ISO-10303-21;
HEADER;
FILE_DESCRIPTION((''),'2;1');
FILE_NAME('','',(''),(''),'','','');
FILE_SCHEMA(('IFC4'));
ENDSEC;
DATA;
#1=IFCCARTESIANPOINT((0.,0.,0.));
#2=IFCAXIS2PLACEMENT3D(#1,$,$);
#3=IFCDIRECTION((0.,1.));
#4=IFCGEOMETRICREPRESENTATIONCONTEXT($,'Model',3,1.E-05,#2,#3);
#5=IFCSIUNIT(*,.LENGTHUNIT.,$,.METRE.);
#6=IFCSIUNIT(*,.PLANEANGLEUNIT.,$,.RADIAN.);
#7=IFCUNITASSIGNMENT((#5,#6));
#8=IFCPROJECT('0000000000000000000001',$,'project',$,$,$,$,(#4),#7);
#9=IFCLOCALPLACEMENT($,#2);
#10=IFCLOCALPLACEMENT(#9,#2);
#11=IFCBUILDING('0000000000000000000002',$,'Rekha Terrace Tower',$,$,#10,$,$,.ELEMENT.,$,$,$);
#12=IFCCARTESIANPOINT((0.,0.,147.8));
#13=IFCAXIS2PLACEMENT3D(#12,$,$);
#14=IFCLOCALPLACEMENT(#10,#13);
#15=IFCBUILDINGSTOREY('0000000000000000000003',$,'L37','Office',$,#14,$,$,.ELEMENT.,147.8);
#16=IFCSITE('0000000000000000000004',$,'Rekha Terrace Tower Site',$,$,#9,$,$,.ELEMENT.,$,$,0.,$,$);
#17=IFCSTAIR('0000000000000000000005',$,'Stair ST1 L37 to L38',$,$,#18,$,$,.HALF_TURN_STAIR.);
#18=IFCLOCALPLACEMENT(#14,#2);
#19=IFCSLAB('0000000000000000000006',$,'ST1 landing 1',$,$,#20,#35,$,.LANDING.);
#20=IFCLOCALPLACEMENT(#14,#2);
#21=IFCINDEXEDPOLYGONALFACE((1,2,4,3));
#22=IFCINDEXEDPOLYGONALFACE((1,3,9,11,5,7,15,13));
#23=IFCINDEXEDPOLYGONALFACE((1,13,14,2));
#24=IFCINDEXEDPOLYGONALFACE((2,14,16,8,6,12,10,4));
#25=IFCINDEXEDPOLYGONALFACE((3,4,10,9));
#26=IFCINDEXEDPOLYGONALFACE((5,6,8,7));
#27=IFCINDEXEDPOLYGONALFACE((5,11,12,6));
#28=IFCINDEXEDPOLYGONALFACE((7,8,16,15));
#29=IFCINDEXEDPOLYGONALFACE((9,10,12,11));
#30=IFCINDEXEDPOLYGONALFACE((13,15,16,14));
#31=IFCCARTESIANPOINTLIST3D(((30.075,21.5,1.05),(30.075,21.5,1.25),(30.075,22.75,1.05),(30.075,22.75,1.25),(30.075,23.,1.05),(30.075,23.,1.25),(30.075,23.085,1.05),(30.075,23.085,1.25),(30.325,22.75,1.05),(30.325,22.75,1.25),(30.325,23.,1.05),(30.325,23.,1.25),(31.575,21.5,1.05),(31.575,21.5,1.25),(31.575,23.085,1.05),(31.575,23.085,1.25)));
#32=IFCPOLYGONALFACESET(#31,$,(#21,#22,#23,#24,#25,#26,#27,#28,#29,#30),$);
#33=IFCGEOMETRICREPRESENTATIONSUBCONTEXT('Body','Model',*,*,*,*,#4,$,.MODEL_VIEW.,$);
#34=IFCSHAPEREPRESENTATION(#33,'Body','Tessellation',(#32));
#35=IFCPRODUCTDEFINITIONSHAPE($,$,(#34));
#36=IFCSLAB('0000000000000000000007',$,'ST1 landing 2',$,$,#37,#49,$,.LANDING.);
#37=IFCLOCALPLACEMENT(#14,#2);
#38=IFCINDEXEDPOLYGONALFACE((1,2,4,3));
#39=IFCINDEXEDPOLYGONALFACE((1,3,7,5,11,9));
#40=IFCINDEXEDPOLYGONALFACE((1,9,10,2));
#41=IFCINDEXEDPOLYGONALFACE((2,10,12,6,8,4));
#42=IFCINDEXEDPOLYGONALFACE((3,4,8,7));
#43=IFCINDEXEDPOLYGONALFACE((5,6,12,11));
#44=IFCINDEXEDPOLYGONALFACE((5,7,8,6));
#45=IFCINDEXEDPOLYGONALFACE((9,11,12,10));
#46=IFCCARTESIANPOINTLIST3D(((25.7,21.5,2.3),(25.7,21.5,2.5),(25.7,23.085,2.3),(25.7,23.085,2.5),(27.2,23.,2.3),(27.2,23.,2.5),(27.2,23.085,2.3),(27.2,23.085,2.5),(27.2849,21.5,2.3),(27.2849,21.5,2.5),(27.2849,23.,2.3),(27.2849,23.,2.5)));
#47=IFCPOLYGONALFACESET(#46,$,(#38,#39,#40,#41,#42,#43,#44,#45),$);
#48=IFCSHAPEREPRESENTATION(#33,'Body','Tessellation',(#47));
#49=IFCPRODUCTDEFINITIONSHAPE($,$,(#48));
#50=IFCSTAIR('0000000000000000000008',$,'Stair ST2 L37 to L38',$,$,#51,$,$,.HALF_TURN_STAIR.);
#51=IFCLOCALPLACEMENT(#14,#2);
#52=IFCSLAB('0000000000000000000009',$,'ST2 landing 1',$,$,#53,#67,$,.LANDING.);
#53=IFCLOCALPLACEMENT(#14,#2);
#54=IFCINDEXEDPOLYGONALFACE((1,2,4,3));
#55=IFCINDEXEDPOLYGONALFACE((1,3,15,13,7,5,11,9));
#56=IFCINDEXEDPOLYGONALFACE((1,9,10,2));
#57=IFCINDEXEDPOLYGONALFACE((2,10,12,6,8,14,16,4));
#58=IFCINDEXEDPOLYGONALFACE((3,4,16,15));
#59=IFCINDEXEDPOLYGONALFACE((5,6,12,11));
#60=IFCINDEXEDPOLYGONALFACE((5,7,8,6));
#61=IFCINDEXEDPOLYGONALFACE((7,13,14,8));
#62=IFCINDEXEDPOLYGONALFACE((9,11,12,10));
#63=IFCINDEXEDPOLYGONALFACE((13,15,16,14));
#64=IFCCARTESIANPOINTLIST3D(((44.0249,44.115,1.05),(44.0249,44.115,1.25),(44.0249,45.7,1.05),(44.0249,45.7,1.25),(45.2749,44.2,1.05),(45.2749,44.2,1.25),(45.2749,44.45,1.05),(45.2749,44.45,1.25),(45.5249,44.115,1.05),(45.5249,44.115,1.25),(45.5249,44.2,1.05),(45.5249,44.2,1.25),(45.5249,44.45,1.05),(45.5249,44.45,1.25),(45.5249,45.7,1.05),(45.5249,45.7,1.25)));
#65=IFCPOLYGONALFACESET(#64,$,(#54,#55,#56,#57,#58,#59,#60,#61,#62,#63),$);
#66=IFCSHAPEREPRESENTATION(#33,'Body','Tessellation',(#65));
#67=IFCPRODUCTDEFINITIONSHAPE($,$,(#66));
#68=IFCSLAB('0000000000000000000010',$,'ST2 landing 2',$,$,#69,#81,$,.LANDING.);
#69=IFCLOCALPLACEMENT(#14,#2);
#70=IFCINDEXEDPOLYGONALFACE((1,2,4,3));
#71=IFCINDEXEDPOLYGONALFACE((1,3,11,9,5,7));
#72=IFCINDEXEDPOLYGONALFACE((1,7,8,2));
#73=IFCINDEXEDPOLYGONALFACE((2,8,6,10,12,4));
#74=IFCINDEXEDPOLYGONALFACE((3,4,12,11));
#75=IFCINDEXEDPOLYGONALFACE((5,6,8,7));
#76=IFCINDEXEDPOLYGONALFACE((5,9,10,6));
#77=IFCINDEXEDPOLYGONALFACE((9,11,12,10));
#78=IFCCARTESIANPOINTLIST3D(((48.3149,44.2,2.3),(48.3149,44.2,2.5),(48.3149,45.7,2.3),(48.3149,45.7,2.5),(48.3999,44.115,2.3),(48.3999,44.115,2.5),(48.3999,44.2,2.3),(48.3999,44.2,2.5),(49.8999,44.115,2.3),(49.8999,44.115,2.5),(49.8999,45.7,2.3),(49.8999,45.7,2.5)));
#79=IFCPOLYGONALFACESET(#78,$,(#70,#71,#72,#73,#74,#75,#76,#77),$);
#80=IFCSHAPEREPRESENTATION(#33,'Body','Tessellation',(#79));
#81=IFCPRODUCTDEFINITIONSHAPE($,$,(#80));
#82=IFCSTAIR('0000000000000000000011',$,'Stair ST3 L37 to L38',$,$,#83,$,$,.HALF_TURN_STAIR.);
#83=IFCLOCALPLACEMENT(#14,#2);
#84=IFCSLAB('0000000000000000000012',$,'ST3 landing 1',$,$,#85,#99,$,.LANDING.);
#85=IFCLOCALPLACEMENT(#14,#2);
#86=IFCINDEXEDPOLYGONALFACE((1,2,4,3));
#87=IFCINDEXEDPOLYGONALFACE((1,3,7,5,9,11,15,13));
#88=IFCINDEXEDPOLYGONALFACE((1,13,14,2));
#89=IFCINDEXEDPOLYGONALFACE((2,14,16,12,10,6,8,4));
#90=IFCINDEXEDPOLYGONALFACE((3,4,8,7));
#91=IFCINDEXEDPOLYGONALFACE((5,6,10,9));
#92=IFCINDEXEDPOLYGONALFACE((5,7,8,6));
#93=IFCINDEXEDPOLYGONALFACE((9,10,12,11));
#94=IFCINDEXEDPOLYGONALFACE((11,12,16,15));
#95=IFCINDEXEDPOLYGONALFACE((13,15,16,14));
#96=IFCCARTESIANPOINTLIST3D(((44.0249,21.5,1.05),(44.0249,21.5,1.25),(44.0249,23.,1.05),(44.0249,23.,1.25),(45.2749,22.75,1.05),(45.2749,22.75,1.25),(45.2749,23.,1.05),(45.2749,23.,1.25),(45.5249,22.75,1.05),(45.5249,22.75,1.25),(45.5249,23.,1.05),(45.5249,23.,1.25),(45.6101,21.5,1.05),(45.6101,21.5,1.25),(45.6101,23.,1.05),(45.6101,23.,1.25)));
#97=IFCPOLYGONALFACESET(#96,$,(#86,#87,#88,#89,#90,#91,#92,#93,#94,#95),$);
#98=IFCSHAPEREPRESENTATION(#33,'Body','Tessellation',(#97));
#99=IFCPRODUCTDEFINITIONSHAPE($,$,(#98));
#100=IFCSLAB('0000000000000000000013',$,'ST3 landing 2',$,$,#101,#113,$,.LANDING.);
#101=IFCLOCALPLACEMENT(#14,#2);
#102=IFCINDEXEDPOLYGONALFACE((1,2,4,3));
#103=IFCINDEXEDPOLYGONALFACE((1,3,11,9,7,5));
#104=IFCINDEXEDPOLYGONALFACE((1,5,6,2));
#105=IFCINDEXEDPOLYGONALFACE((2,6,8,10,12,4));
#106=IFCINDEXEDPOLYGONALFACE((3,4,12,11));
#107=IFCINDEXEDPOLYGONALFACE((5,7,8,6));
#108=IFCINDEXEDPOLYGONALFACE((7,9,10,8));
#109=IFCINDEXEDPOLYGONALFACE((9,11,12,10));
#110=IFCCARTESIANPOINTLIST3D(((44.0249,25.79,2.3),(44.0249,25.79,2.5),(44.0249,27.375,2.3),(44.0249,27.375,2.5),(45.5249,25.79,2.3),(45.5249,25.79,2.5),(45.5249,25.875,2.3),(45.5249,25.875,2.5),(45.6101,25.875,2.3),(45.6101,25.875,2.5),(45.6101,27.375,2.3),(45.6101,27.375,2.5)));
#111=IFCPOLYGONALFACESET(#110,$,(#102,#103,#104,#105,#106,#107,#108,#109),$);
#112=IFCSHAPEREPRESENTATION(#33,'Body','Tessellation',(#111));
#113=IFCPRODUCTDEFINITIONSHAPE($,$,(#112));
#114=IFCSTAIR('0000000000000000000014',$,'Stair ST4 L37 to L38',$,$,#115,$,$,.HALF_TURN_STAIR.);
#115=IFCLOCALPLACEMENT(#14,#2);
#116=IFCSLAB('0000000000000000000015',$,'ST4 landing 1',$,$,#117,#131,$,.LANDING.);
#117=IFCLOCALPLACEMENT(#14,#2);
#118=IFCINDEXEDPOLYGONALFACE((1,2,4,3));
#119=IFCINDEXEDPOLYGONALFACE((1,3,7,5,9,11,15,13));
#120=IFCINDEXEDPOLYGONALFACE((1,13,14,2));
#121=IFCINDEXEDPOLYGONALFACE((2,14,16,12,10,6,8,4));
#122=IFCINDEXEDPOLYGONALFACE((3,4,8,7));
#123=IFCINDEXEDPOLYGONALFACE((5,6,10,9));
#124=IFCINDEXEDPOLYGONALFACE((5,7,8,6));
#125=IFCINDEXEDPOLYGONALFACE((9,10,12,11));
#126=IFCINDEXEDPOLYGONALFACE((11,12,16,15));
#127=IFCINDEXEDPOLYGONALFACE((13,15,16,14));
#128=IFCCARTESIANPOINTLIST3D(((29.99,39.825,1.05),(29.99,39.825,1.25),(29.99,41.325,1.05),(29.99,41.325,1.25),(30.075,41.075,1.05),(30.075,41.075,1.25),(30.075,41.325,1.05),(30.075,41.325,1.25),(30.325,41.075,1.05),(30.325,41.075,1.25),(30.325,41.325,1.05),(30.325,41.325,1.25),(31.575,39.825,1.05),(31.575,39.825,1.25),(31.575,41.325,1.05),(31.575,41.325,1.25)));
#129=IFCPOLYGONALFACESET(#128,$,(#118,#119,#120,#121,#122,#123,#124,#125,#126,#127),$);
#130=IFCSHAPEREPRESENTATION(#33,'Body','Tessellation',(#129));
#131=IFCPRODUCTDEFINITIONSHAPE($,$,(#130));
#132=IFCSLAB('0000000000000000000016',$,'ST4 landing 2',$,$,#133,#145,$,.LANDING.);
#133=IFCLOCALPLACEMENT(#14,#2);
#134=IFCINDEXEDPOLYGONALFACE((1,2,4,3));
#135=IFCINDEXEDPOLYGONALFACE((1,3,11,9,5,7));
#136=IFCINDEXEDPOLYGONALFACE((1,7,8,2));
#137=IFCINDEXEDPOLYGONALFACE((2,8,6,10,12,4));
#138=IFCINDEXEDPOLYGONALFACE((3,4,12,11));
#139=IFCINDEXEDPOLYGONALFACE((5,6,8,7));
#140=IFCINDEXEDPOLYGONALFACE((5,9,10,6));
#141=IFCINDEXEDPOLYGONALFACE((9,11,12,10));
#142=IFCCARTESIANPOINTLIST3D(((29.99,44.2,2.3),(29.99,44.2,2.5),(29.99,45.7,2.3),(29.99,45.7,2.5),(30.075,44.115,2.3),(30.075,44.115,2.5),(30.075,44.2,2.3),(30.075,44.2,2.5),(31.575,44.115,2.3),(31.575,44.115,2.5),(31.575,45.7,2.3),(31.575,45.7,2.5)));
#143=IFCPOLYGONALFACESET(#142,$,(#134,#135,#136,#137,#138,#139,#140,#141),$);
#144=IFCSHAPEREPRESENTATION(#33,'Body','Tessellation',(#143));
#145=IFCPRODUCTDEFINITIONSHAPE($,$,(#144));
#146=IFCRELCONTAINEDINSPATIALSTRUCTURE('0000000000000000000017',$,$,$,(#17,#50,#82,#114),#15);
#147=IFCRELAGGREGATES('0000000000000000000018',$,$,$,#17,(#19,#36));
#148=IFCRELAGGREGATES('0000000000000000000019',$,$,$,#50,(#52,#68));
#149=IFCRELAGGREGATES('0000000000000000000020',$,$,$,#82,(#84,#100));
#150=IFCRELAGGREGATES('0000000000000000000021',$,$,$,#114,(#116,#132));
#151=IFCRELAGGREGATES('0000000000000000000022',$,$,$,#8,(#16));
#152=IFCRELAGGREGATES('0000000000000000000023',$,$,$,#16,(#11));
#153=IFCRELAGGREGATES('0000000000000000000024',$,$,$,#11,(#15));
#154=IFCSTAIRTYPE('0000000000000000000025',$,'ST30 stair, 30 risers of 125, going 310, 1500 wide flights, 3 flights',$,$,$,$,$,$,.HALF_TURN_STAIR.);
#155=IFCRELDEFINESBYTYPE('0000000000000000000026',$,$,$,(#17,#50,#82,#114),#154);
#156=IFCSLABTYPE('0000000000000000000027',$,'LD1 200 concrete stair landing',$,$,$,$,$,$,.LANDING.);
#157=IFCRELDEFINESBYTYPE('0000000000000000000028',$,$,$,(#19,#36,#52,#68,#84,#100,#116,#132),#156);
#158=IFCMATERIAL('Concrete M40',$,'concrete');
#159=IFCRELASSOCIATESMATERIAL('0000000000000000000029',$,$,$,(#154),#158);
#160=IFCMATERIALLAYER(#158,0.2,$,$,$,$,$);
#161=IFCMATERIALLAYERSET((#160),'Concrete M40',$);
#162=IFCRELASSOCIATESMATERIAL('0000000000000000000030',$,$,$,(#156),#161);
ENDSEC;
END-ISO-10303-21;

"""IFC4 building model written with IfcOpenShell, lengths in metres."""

from ifc_helpers import new_model, si_unit, direction, frame, origin, place, context, subcontext, project, spatial, polyline, outline, extrude, material, layer, layer_set, type_object, element, aggregate, save


model = new_model("IFC4")

# Units and contexts
model_context = context("Model", 3, precision=1e-05, world=origin(), true_north=direction((0.0, 1.0)))
body_context = subcontext(model_context, "Body", "Model", "MODEL_VIEW")
ifc_project = project(units=[si_unit("LENGTHUNIT", "METRE"), si_unit("PLANEANGLEUNIT", "RADIAN")], contexts=[model_context])

# Site, building, storey
site_placement = place(None, origin())
site = spatial("IfcSite", under=ifc_project, at=site_placement, Name="Rekha Terrace Tower Site", CompositionType="ELEMENT", RefElevation=0.0)
building_placement = place(site_placement, origin())
building = spatial("IfcBuilding", under=site, at=building_placement, Name="Rekha Terrace Tower", CompositionType="ELEMENT")
storey_placement = place(building_placement, frame((0.0, 0.0, 147.8)))
storey = spatial("IfcBuildingStorey", under=building, at=storey_placement, Name="L37", Description="Office", CompositionType="ELEMENT", Elevation=147.8)

# Stairs, slabs
ifc_material_1 = material(Name="Concrete M40", Category="concrete")
stair_type = type_object("IfcStairType", Name="ST30 stair, 30 risers of 125, going 310, 1500 wide flights, 3 flights", PredefinedType="HALF_TURN_STAIR", material=ifc_material_1)
stair_1_placement = place(storey_placement, origin())
stair_1 = element("IfcStair", 1, at=stair_1_placement, inside=storey, type_object=stair_type, Name="Stair ST1 L37 to L38", PredefinedType="HALF_TURN_STAIR")
ifc_layer_1 = layer(ifc_material_1, 0.2)
ifc_layer_set_1 = layer_set([ifc_layer_1], Name="Concrete M40")
slab_type_1 = type_object("IfcSlabType", Name="LD1 200 concrete stair landing", PredefinedType="LANDING", material=ifc_layer_set_1)
slab_1_placement = place(storey_placement, frame((0.0, 0.0, 1.05)))
slab_1 = element("IfcSlab", 2, at=slab_1_placement, type_object=slab_type_1, Name="ST1 landing 1", PredefinedType="LANDING", context=body_context, shape_type="SweptSolid", body=[
    extrude(outline(polyline([(30.075, 21.5), (31.575, 21.5), (31.575, 23.085), (30.075, 23.085), (30.075, 23.0), (30.325, 23.0), (30.325, 22.75), (30.075, 22.75), (30.075, 21.5)])), origin(), (0.0, 0.0, 1.0), 0.2),
])
slab_2_placement = place(storey_placement, frame((0.0, 0.0, 2.3)))
slab_2 = element("IfcSlab", 3, at=slab_2_placement, type_object=slab_type_1, Name="ST1 landing 2", PredefinedType="LANDING", context=body_context, shape_type="SweptSolid", body=[
    extrude(outline(polyline([(27.2, 23.085), (25.7, 23.085), (25.7, 21.5), (27.2849, 21.5), (27.2849, 23.0), (27.2, 23.0), (27.2, 23.085)])), origin(), (0.0, 0.0, 1.0), 0.2),
])
aggregate(stair_1, [slab_1, slab_2])
stair_2_placement = place(storey_placement, origin())
stair_2 = element("IfcStair", 4, at=stair_2_placement, inside=storey, type_object=stair_type, Name="Stair ST2 L37 to L38", PredefinedType="HALF_TURN_STAIR")
slab_3_placement = place(storey_placement, frame((0.0, 0.0, 1.05)))
slab_3 = element("IfcSlab", 5, at=slab_3_placement, type_object=slab_type_1, Name="ST2 landing 1", PredefinedType="LANDING", context=body_context, shape_type="SweptSolid", body=[
    extrude(outline(polyline([(45.5249, 45.7), (44.0249, 45.7), (44.0249, 44.115), (45.5249, 44.115), (45.5249, 44.2), (45.2749, 44.2), (45.2749, 44.45), (45.5249, 44.45), (45.5249, 45.7)])), origin(), (0.0, 0.0, 1.0), 0.2),
])
slab_4_placement = place(storey_placement, frame((0.0, 0.0, 2.3)))
slab_4 = element("IfcSlab", 6, at=slab_4_placement, type_object=slab_type_1, Name="ST2 landing 2", PredefinedType="LANDING", context=body_context, shape_type="SweptSolid", body=[
    extrude(outline(polyline([(48.3999, 44.115), (49.8999, 44.115), (49.8999, 45.7), (48.3149, 45.7), (48.3149, 44.2), (48.3999, 44.2), (48.3999, 44.115)])), origin(), (0.0, 0.0, 1.0), 0.2),
])
aggregate(stair_2, [slab_3, slab_4])
stair_3_placement = place(storey_placement, origin())
stair_3 = element("IfcStair", 7, at=stair_3_placement, inside=storey, type_object=stair_type, Name="Stair ST3 L37 to L38", PredefinedType="HALF_TURN_STAIR")
slab_5_placement = place(storey_placement, frame((0.0, 0.0, 1.05)))
slab_5 = element("IfcSlab", 8, at=slab_5_placement, type_object=slab_type_1, Name="ST3 landing 1", PredefinedType="LANDING", context=body_context, shape_type="SweptSolid", body=[
    extrude(outline(polyline([(44.0249, 23.0), (44.0249, 21.5), (45.6101, 21.5), (45.6101, 23.0), (45.5249, 23.0), (45.5249, 22.75), (45.2749, 22.75), (45.2749, 23.0), (44.0249, 23.0)])), origin(), (0.0, 0.0, 1.0), 0.2),
])
slab_6_placement = place(storey_placement, frame((0.0, 0.0, 2.3)))
slab_6 = element("IfcSlab", 9, at=slab_6_placement, type_object=slab_type_1, Name="ST3 landing 2", PredefinedType="LANDING", context=body_context, shape_type="SweptSolid", body=[
    extrude(outline(polyline([(45.6101, 25.875), (45.6101, 27.375), (44.0249, 27.375), (44.0249, 25.79), (45.5249, 25.79), (45.5249, 25.875), (45.6101, 25.875)])), origin(), (0.0, 0.0, 1.0), 0.2),
])
aggregate(stair_3, [slab_5, slab_6])
stair_4_placement = place(storey_placement, origin())
stair_4 = element("IfcStair", 10, at=stair_4_placement, inside=storey, type_object=stair_type, Name="Stair ST4 L37 to L38", PredefinedType="HALF_TURN_STAIR")
slab_7_placement = place(storey_placement, frame((0.0, 0.0, 1.05)))
slab_7 = element("IfcSlab", 11, at=slab_7_placement, type_object=slab_type_1, Name="ST4 landing 1", PredefinedType="LANDING", context=body_context, shape_type="SweptSolid", body=[
    extrude(outline(polyline([(31.575, 41.325), (31.575, 39.825), (29.99, 39.825), (29.99, 41.325), (30.075, 41.325), (30.075, 41.075), (30.325, 41.075), (30.325, 41.325), (31.575, 41.325)])), origin(), (0.0, 0.0, 1.0), 0.2),
])
slab_8_placement = place(storey_placement, frame((0.0, 0.0, 2.3)))
slab_8 = element("IfcSlab", 12, at=slab_8_placement, type_object=slab_type_1, Name="ST4 landing 2", PredefinedType="LANDING", context=body_context, shape_type="SweptSolid", body=[
    extrude(outline(polyline([(29.99, 44.2), (29.99, 45.7), (31.575, 45.7), (31.575, 44.115), (30.075, 44.115), (30.075, 44.2), (29.99, 44.2)])), origin(), (0.0, 0.0, 1.0), 0.2),
])
aggregate(stair_4, [slab_7, slab_8])

save(model, "model.ifc")
